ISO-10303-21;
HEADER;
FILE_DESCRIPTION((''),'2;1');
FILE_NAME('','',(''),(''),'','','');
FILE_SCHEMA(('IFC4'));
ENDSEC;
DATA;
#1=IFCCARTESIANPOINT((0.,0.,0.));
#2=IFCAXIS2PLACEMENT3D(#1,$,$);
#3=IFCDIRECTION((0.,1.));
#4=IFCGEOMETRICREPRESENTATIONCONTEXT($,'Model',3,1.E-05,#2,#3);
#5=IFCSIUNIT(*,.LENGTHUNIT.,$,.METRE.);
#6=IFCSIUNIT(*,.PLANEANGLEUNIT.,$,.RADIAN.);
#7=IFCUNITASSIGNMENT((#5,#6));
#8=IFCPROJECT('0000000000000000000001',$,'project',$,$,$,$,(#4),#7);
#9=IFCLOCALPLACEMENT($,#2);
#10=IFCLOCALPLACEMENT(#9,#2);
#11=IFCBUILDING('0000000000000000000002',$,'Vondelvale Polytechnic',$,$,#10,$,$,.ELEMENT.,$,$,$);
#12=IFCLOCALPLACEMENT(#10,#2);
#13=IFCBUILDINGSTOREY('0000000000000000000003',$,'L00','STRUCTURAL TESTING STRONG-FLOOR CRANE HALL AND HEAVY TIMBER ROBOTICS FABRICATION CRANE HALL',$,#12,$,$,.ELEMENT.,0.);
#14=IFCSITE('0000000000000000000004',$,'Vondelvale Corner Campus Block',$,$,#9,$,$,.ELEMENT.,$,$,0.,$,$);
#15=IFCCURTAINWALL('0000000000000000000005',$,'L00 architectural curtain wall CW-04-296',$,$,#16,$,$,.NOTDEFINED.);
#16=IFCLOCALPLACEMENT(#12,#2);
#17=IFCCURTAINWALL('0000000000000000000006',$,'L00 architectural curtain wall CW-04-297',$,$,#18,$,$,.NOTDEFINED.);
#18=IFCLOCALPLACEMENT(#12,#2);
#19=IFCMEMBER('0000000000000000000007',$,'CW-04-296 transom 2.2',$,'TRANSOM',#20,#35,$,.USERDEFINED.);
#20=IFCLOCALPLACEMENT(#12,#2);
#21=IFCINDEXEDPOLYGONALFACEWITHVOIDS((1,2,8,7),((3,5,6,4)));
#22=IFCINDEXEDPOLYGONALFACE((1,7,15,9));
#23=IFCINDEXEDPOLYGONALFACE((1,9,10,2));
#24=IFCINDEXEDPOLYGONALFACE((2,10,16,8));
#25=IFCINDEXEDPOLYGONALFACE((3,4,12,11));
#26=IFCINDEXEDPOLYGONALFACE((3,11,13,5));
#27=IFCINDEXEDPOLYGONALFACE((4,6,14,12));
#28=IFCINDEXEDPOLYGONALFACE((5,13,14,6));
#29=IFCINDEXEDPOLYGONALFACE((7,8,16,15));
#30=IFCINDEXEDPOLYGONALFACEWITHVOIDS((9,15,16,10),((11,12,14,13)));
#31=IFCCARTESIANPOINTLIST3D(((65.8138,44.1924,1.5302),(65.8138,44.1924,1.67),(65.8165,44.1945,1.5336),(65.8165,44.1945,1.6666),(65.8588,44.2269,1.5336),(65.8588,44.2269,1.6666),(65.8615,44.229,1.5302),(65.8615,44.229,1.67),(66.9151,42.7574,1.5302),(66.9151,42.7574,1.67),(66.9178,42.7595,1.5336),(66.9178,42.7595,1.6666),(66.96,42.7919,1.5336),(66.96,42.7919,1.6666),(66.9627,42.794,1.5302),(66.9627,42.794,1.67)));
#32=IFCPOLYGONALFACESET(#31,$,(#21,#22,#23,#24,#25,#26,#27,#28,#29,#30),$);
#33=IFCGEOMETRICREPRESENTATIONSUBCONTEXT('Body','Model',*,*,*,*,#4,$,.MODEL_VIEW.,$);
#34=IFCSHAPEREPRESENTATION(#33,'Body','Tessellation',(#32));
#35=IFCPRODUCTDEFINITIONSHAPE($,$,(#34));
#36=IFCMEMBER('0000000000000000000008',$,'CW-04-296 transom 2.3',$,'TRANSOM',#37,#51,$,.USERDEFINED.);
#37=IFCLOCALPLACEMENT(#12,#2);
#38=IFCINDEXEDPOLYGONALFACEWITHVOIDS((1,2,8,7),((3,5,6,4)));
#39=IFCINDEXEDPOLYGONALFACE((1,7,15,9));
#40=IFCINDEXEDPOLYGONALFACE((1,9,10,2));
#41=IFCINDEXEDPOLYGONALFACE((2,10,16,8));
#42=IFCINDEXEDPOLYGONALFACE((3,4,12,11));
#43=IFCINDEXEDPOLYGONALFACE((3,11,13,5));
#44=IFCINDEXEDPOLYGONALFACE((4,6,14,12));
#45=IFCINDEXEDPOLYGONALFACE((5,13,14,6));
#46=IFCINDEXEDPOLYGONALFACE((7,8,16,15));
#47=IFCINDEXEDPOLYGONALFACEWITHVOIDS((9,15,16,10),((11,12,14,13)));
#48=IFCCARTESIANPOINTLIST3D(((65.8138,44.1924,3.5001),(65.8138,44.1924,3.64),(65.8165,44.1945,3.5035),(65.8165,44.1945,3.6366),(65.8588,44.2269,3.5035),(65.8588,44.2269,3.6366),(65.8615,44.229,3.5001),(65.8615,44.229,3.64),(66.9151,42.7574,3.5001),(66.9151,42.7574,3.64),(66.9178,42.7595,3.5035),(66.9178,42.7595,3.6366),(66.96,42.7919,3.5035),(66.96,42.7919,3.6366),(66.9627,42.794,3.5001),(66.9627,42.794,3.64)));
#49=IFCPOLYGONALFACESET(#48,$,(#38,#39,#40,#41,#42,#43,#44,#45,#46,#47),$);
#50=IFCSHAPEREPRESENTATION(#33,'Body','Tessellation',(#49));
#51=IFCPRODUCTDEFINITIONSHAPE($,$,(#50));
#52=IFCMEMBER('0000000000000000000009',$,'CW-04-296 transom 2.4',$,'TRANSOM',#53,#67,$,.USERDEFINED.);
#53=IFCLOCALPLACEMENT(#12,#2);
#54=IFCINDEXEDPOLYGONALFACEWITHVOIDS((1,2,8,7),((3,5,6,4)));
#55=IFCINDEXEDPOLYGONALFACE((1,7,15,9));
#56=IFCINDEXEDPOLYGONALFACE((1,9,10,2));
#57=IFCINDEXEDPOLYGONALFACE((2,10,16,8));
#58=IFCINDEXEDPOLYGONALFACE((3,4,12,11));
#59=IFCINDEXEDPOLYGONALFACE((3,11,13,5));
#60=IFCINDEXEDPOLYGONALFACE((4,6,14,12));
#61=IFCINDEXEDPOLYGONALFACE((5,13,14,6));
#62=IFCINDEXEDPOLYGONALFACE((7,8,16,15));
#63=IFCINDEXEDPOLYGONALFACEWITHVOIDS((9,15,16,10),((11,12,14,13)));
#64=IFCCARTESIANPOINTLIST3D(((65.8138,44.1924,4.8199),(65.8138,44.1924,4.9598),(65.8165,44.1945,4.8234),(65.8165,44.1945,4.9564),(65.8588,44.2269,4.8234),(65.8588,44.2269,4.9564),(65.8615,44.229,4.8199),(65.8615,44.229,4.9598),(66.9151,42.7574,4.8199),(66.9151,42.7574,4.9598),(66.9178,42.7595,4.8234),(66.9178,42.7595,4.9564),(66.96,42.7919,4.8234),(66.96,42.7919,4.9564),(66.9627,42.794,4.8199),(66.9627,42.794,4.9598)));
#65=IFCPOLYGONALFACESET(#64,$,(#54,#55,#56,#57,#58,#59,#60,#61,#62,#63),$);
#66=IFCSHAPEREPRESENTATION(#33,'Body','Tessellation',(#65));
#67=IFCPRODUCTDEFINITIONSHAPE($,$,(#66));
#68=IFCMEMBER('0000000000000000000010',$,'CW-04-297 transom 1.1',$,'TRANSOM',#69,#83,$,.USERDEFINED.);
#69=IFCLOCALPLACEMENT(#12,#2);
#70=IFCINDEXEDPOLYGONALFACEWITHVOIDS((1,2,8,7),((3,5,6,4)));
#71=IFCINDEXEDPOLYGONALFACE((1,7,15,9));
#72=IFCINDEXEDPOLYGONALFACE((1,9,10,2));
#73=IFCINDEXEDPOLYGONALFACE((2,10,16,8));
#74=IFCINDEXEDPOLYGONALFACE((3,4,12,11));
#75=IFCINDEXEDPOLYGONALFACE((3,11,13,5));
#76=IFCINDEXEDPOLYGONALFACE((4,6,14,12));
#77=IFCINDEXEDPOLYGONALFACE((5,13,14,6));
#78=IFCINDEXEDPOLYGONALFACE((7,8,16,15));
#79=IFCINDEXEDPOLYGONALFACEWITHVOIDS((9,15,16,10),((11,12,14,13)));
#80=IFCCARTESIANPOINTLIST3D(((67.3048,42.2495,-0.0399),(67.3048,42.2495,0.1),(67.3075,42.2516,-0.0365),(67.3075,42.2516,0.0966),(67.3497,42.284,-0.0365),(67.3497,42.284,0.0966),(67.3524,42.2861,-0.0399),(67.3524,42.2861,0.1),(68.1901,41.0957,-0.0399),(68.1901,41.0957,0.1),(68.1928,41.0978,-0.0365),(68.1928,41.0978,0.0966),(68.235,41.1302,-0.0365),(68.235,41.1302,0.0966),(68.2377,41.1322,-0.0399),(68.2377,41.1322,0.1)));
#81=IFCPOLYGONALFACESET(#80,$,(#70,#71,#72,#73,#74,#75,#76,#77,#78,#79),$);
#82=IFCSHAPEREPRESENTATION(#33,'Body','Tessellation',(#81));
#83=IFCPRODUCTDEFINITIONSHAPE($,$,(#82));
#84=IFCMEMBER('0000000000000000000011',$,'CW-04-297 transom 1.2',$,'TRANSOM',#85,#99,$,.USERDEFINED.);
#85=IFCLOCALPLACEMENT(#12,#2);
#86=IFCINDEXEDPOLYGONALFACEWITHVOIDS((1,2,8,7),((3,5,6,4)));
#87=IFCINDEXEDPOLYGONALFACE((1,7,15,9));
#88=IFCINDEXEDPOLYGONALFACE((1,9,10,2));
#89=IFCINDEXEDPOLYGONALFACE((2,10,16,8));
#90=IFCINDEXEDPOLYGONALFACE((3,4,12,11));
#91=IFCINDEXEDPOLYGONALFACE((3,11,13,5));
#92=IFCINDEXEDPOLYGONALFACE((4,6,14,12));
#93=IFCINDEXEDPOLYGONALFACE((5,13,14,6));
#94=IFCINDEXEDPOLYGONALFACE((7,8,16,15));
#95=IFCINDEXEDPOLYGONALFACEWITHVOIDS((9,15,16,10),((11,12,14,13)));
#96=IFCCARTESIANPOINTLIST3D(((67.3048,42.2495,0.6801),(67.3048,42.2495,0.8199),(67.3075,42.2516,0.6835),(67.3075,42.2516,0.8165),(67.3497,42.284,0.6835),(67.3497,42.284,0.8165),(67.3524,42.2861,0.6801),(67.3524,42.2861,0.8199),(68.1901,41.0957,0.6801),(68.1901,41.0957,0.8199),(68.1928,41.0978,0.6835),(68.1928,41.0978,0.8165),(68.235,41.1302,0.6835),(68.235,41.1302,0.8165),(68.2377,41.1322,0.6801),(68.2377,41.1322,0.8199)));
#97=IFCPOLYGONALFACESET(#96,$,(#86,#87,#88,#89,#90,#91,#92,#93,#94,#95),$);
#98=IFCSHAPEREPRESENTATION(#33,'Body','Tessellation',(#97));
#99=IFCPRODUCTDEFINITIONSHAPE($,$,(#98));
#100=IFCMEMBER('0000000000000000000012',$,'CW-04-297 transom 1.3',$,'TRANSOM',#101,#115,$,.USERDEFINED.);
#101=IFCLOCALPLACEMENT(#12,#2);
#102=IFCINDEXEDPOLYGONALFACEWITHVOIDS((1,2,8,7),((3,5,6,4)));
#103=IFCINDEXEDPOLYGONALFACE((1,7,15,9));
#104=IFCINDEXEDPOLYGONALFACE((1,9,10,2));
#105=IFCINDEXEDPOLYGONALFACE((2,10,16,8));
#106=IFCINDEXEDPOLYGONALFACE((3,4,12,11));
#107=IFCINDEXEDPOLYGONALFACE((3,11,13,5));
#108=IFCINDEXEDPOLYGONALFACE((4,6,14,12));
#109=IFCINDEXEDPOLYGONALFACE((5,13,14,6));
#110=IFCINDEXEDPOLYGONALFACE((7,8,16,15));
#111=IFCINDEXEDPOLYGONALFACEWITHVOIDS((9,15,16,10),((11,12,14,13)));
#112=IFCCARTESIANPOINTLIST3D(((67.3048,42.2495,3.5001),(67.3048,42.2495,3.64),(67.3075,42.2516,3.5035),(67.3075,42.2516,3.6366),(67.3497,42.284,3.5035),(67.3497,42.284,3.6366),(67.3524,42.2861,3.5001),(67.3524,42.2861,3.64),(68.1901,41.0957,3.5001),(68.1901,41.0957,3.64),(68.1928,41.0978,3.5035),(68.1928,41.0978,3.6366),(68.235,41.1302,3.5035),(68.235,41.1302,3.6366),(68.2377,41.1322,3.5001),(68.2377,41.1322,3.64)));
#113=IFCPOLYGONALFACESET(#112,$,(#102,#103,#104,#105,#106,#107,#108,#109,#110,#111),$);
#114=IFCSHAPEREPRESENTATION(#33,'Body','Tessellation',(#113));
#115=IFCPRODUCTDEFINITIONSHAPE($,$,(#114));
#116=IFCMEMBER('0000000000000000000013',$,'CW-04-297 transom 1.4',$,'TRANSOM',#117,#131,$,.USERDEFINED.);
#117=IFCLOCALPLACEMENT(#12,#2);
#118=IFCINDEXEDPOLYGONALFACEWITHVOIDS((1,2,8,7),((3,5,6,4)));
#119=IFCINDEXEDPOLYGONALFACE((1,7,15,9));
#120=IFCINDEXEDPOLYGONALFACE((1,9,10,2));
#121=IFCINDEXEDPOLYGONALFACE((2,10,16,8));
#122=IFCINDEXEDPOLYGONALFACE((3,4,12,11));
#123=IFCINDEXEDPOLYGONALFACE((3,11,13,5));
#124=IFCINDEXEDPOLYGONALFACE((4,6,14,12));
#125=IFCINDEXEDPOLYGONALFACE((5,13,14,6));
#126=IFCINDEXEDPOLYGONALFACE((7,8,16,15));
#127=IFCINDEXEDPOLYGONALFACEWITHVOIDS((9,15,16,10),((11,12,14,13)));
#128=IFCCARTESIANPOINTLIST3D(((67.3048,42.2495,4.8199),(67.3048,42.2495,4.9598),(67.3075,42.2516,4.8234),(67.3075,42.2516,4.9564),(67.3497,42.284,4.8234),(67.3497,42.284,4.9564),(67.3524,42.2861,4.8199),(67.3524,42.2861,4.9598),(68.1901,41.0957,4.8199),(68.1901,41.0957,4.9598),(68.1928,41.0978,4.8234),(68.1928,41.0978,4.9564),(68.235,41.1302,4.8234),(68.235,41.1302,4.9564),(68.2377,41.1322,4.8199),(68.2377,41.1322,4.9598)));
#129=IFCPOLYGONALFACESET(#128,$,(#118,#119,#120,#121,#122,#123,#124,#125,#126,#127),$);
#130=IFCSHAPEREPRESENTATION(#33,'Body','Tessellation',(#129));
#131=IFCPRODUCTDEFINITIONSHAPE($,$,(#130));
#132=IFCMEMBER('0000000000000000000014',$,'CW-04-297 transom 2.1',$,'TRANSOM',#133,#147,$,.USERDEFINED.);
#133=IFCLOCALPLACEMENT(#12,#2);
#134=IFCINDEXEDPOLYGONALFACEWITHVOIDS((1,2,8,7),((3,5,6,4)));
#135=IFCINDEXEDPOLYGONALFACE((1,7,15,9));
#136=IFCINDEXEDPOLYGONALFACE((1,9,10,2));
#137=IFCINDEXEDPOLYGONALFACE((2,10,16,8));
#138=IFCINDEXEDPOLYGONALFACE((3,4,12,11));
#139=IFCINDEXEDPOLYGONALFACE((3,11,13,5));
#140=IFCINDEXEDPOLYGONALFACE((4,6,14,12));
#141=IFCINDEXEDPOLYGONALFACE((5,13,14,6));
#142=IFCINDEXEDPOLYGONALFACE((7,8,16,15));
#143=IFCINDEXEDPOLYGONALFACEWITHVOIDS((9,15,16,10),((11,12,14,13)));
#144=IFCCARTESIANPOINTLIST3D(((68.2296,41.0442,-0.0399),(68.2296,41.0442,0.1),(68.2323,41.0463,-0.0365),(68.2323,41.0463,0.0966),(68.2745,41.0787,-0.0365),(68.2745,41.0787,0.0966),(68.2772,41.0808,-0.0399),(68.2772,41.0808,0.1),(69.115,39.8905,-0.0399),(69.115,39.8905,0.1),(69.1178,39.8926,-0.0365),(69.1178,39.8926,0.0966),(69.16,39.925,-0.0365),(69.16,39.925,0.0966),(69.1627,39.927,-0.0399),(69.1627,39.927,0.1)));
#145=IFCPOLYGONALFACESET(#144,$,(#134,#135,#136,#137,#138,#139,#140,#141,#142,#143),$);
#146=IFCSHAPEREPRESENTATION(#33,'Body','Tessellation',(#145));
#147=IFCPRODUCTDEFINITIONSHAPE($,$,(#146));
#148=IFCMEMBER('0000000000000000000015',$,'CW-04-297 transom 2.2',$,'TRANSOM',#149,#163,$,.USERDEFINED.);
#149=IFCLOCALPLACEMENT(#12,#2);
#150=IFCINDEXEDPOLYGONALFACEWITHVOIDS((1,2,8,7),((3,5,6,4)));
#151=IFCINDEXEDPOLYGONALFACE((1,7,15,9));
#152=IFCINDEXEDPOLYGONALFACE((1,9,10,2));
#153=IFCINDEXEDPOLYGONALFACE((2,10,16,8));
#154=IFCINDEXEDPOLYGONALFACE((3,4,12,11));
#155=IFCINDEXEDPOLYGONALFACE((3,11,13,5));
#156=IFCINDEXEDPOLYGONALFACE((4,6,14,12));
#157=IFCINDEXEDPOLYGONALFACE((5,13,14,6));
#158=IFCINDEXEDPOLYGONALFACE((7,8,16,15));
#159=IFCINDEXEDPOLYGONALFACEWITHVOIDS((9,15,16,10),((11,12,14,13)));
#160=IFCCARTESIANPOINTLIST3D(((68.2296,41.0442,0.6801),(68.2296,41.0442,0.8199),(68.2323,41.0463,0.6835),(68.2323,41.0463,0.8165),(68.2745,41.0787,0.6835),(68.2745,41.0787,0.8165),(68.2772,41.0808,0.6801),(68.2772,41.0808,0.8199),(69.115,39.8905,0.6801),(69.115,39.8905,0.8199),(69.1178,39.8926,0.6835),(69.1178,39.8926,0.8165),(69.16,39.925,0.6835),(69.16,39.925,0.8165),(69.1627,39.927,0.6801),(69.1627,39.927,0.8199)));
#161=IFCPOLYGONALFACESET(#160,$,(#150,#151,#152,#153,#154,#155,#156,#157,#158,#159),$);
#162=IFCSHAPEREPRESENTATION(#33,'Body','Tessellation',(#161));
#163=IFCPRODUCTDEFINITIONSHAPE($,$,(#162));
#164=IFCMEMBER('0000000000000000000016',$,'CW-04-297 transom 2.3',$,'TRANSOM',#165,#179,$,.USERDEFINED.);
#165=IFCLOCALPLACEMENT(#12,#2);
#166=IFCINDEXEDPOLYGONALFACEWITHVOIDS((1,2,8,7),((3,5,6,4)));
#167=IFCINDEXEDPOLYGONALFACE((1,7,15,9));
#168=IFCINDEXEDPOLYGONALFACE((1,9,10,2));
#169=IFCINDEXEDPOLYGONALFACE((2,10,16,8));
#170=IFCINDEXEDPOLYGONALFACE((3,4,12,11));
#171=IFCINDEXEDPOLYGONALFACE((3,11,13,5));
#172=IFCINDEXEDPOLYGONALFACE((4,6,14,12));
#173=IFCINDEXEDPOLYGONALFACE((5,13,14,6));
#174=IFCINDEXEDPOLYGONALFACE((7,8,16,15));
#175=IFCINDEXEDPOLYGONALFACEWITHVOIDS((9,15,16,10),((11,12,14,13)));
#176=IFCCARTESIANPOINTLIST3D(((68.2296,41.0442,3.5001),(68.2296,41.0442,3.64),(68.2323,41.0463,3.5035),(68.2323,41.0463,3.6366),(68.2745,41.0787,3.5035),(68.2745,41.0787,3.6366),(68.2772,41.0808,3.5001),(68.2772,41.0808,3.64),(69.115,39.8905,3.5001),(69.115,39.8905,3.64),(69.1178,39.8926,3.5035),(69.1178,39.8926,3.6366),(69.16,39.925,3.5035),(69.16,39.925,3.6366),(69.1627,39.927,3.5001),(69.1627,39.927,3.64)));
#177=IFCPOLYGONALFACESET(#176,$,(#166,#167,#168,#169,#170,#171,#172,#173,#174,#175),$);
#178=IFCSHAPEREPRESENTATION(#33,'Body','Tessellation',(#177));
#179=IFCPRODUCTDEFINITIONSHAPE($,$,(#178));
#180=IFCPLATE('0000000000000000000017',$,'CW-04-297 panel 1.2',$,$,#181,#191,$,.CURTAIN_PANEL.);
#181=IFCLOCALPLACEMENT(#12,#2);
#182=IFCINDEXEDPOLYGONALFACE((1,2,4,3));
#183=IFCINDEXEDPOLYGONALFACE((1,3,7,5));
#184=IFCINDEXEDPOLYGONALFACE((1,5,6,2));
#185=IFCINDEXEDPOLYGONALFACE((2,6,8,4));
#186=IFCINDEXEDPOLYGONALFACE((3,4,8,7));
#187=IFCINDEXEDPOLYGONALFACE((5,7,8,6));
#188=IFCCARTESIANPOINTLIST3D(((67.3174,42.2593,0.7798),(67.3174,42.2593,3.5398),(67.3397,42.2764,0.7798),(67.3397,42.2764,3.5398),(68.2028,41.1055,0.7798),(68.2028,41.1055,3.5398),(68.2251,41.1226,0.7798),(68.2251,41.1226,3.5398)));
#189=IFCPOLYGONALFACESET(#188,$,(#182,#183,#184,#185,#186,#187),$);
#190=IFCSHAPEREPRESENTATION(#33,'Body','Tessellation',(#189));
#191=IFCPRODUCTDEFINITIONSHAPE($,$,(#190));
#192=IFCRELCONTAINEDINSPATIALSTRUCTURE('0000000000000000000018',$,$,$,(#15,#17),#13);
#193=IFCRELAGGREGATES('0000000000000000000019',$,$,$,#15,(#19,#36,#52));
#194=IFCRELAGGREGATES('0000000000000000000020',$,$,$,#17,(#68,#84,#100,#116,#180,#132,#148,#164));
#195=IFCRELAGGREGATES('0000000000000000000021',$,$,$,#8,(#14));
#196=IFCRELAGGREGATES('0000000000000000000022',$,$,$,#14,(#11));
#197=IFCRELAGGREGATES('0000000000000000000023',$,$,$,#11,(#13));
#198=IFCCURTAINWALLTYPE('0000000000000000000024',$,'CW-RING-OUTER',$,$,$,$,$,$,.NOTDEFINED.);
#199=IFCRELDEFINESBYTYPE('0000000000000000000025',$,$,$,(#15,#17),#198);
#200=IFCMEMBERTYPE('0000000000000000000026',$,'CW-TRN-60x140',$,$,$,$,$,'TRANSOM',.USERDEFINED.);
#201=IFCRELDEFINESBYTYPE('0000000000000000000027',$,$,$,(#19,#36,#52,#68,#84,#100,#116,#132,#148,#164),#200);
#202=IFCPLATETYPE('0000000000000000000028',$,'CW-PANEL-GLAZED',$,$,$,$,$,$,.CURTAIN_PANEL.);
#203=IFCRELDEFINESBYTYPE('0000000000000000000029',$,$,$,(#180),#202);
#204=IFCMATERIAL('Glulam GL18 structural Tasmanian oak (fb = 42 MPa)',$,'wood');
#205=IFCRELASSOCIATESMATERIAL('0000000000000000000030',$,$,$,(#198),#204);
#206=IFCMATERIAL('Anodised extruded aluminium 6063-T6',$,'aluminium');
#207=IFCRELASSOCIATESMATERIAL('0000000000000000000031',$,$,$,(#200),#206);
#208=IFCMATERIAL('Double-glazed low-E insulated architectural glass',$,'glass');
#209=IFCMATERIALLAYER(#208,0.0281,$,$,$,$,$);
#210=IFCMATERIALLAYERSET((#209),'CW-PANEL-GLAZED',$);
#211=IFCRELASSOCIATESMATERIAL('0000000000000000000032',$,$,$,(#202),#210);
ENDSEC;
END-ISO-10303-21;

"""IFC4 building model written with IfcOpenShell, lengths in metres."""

from ifc_helpers import new_model, si_unit, direction, frame, origin, origin_2d, place, context, subcontext, project, spatial, rectangle, hollow_rectangle, extrude, material, layer, layer_set, material_profile, profile_set, type_object, element, aggregate, save


model = new_model("IFC4")

# Units and contexts
model_context = context("Model", 3, precision=1e-05, world=origin(), true_north=direction((0.0, 1.0)))
body_context = subcontext(model_context, "Body", "Model", "MODEL_VIEW")
ifc_project = project(units=[si_unit("LENGTHUNIT", "METRE"), si_unit("PLANEANGLEUNIT", "RADIAN")], contexts=[model_context])

# Site, building, storey
site_placement = place(None, origin())
site = spatial("IfcSite", under=ifc_project, at=site_placement, Name="Vondelvale Corner Campus Block", CompositionType="ELEMENT", RefElevation=0.0)
building_placement = place(site_placement, origin())
building = spatial("IfcBuilding", under=site, at=building_placement, Name="Vondelvale Polytechnic", CompositionType="ELEMENT")
storey_placement = place(building_placement, origin())
storey = spatial("IfcBuildingStorey", under=building, at=storey_placement, Name="L00", Description="STRUCTURAL TESTING STRONG-FLOOR CRANE HALL AND HEAVY TIMBER ROBOTICS FABRICATION CRANE HALL", CompositionType="ELEMENT", Elevation=0.0)

# Shared definitions
ifc_material_1 = material(Name="Glulam GL18 structural Tasmanian oak (fb = 42 MPa)", Category="wood")

# Curtain walls
curtain_wall_type = type_object("IfcCurtainWallType", Name="CW-RING-OUTER", PredefinedType="NOTDEFINED", material=ifc_material_1)
curtain_wall_1_placement = place(storey_placement, origin())
curtain_wall_1 = element("IfcCurtainWall", 1, at=curtain_wall_1_placement, inside=storey, type_object=curtain_wall_type, Name="L00 architectural curtain wall CW-04-296", PredefinedType="NOTDEFINED")
ifc_material_2 = material(Name="Anodised extruded aluminium 6063-T6", Category="aluminium")
curtain_wall_2_placement = place(storey_placement, origin())
curtain_wall_2 = element("IfcCurtainWall", 2, at=curtain_wall_2_placement, inside=storey, type_object=curtain_wall_type, Name="L00 architectural curtain wall CW-04-297", PredefinedType="NOTDEFINED")

# Members
ifc_material_profile_1 = material_profile(ifc_material_2, hollow_rectangle(XDim=0.0601, YDim=0.1399, WallThickness=0.0034, at=origin_2d()), Name="CW-TRN-140x60")
ifc_profile_set_1 = profile_set([ifc_material_profile_1], Name="Anodised extruded aluminium 6063-T6")
member_type_1 = type_object("IfcMemberType", Name="CW-TRN-60x140", ElementType="TRANSOM", PredefinedType="USERDEFINED", material=ifc_profile_set_1)
member_1_placement = place(storey_placement, frame((65.8376, 44.2107, 1.6001), z_axis=(0.608817, -0.793311, 0.0), x_axis=(0.793311, 0.608817, 0.0)))
member_1 = element("IfcMember", 3, at=member_1_placement, type_object=member_type_1, Name="CW-04-296 transom 2.2", ObjectType="TRANSOM", PredefinedType="USERDEFINED", context=body_context, shape_type="SweptSolid", body=[
    extrude(hollow_rectangle(XDim=0.0601, YDim=0.1399, WallThickness=0.0034, at=origin_2d()), origin(), (0.0, 0.0, 1.0), 1.8088),
])
member_2_placement = place(storey_placement, frame((65.8376, 44.2107, 3.5701), z_axis=(0.608817, -0.793311, 0.0), x_axis=(0.793311, 0.608817, 0.0)))
member_2 = element("IfcMember", 4, at=member_2_placement, type_object=member_type_1, Name="CW-04-296 transom 2.3", ObjectType="TRANSOM", PredefinedType="USERDEFINED", context=body_context, shape_type="SweptSolid", body=[
    extrude(hollow_rectangle(XDim=0.0601, YDim=0.1399, WallThickness=0.0034, at=origin_2d()), origin(), (0.0, 0.0, 1.0), 1.8088),
])
member_3_placement = place(storey_placement, frame((65.8376, 44.2107, 4.8899), z_axis=(0.608817, -0.793311, 0.0), x_axis=(0.793311, 0.608817, 0.0)))
member_3 = element("IfcMember", 5, at=member_3_placement, type_object=member_type_1, Name="CW-04-296 transom 2.4", ObjectType="TRANSOM", PredefinedType="USERDEFINED", context=body_context, shape_type="SweptSolid", body=[
    extrude(hollow_rectangle(XDim=0.0601, YDim=0.1399, WallThickness=0.0034, at=origin_2d()), origin(), (0.0, 0.0, 1.0), 1.8088),
])
member_4_placement = place(storey_placement, frame((67.3286, 42.2678, 0.03), z_axis=(0.608721, -0.793385, 0.0), x_axis=(0.793385, 0.608721, 0.0)))
member_4 = element("IfcMember", 6, at=member_4_placement, type_object=member_type_1, Name="CW-04-297 transom 1.1", ObjectType="TRANSOM", PredefinedType="USERDEFINED", context=body_context, shape_type="SweptSolid", body=[
    extrude(hollow_rectangle(XDim=0.0601, YDim=0.1399, WallThickness=0.0034, at=origin_2d()), origin(), (0.0, 0.0, 1.0), 1.4543),
])
member_5_placement = place(storey_placement, frame((67.3286, 42.2678, 0.75), z_axis=(0.608721, -0.793385, 0.0), x_axis=(0.793385, 0.608721, 0.0)))
member_5 = element("IfcMember", 7, at=member_5_placement, type_object=member_type_1, Name="CW-04-297 transom 1.2", ObjectType="TRANSOM", PredefinedType="USERDEFINED", context=body_context, shape_type="SweptSolid", body=[
    extrude(hollow_rectangle(XDim=0.0601, YDim=0.1399, WallThickness=0.0034, at=origin_2d()), origin(), (0.0, 0.0, 1.0), 1.4543),
])
member_6_placement = place(storey_placement, frame((67.3286, 42.2678, 3.5701), z_axis=(0.608721, -0.793385, 0.0), x_axis=(0.793385, 0.608721, 0.0)))
member_6 = element("IfcMember", 8, at=member_6_placement, type_object=member_type_1, Name="CW-04-297 transom 1.3", ObjectType="TRANSOM", PredefinedType="USERDEFINED", context=body_context, shape_type="SweptSolid", body=[
    extrude(hollow_rectangle(XDim=0.0601, YDim=0.1399, WallThickness=0.0034, at=origin_2d()), origin(), (0.0, 0.0, 1.0), 1.4543),
])
member_7_placement = place(storey_placement, frame((67.3286, 42.2678, 4.8899), z_axis=(0.608721, -0.793385, 0.0), x_axis=(0.793385, 0.608721, 0.0)))
member_7 = element("IfcMember", 9, at=member_7_placement, type_object=member_type_1, Name="CW-04-297 transom 1.4", ObjectType="TRANSOM", PredefinedType="USERDEFINED", context=body_context, shape_type="SweptSolid", body=[
    extrude(hollow_rectangle(XDim=0.0601, YDim=0.1399, WallThickness=0.0034, at=origin_2d()), origin(), (0.0, 0.0, 1.0), 1.4543),
])
member_8_placement = place(storey_placement, frame((68.2534, 41.0625, 0.03), z_axis=(0.608826, -0.793304, 0.0), x_axis=(0.793304, 0.608826, 0.0)))
member_8 = element("IfcMember", 10, at=member_8_placement, type_object=member_type_1, Name="CW-04-297 transom 2.1", ObjectType="TRANSOM", PredefinedType="USERDEFINED", context=body_context, shape_type="SweptSolid", body=[
    extrude(hollow_rectangle(XDim=0.0601, YDim=0.1399, WallThickness=0.0034, at=origin_2d()), origin(), (0.0, 0.0, 1.0), 1.4543),
])
member_9_placement = place(storey_placement, frame((68.2534, 41.0625, 0.75), z_axis=(0.608826, -0.793304, 0.0), x_axis=(0.793304, 0.608826, 0.0)))
member_9 = element("IfcMember", 11, at=member_9_placement, type_object=member_type_1, Name="CW-04-297 transom 2.2", ObjectType="TRANSOM", PredefinedType="USERDEFINED", context=body_context, shape_type="SweptSolid", body=[
    extrude(hollow_rectangle(XDim=0.0601, YDim=0.1399, WallThickness=0.0034, at=origin_2d()), origin(), (0.0, 0.0, 1.0), 1.4543),
])
member_10_placement = place(storey_placement, frame((68.2534, 41.0625, 3.5701), z_axis=(0.608826, -0.793304, 0.0), x_axis=(0.793304, 0.608826, 0.0)))
member_10 = element("IfcMember", 12, at=member_10_placement, type_object=member_type_1, Name="CW-04-297 transom 2.3", ObjectType="TRANSOM", PredefinedType="USERDEFINED", context=body_context, shape_type="SweptSolid", body=[
    extrude(hollow_rectangle(XDim=0.0601, YDim=0.1399, WallThickness=0.0034, at=origin_2d()), origin(), (0.0, 0.0, 1.0), 1.4543),
])

# Plate
ifc_material_3 = material(Name="Double-glazed low-E insulated architectural glass", Category="glass")
ifc_layer_1 = layer(ifc_material_3, 0.0281)
ifc_layer_set_1 = layer_set([ifc_layer_1], Name="CW-PANEL-GLAZED")
plate_type_1 = type_object("IfcPlateType", Name="CW-PANEL-GLAZED", PredefinedType="CURTAIN_PANEL", material=ifc_layer_set_1)
plate_1_placement = place(storey_placement, frame((67.7712, 41.6909, 0.7798), z_axis=(0.0, 0.0, 1.0), x_axis=(0.608764, -0.793352, 0.0)))
plate_1 = element("IfcPlate", 13, at=plate_1_placement, type_object=plate_type_1, Name="CW-04-297 panel 1.2", PredefinedType="CURTAIN_PANEL", context=body_context, shape_type="SweptSolid", body=[
    extrude(rectangle(XDim=1.4543, YDim=0.0281, at=origin_2d()), origin(), (0.0, 0.0, 1.0), 2.76),
])
aggregate(curtain_wall_1, [member_1, member_2, member_3])
aggregate(curtain_wall_2, [member_4, member_5, member_6, member_7, plate_1, member_8, member_9, member_10])

save(model, "model.ifc")
